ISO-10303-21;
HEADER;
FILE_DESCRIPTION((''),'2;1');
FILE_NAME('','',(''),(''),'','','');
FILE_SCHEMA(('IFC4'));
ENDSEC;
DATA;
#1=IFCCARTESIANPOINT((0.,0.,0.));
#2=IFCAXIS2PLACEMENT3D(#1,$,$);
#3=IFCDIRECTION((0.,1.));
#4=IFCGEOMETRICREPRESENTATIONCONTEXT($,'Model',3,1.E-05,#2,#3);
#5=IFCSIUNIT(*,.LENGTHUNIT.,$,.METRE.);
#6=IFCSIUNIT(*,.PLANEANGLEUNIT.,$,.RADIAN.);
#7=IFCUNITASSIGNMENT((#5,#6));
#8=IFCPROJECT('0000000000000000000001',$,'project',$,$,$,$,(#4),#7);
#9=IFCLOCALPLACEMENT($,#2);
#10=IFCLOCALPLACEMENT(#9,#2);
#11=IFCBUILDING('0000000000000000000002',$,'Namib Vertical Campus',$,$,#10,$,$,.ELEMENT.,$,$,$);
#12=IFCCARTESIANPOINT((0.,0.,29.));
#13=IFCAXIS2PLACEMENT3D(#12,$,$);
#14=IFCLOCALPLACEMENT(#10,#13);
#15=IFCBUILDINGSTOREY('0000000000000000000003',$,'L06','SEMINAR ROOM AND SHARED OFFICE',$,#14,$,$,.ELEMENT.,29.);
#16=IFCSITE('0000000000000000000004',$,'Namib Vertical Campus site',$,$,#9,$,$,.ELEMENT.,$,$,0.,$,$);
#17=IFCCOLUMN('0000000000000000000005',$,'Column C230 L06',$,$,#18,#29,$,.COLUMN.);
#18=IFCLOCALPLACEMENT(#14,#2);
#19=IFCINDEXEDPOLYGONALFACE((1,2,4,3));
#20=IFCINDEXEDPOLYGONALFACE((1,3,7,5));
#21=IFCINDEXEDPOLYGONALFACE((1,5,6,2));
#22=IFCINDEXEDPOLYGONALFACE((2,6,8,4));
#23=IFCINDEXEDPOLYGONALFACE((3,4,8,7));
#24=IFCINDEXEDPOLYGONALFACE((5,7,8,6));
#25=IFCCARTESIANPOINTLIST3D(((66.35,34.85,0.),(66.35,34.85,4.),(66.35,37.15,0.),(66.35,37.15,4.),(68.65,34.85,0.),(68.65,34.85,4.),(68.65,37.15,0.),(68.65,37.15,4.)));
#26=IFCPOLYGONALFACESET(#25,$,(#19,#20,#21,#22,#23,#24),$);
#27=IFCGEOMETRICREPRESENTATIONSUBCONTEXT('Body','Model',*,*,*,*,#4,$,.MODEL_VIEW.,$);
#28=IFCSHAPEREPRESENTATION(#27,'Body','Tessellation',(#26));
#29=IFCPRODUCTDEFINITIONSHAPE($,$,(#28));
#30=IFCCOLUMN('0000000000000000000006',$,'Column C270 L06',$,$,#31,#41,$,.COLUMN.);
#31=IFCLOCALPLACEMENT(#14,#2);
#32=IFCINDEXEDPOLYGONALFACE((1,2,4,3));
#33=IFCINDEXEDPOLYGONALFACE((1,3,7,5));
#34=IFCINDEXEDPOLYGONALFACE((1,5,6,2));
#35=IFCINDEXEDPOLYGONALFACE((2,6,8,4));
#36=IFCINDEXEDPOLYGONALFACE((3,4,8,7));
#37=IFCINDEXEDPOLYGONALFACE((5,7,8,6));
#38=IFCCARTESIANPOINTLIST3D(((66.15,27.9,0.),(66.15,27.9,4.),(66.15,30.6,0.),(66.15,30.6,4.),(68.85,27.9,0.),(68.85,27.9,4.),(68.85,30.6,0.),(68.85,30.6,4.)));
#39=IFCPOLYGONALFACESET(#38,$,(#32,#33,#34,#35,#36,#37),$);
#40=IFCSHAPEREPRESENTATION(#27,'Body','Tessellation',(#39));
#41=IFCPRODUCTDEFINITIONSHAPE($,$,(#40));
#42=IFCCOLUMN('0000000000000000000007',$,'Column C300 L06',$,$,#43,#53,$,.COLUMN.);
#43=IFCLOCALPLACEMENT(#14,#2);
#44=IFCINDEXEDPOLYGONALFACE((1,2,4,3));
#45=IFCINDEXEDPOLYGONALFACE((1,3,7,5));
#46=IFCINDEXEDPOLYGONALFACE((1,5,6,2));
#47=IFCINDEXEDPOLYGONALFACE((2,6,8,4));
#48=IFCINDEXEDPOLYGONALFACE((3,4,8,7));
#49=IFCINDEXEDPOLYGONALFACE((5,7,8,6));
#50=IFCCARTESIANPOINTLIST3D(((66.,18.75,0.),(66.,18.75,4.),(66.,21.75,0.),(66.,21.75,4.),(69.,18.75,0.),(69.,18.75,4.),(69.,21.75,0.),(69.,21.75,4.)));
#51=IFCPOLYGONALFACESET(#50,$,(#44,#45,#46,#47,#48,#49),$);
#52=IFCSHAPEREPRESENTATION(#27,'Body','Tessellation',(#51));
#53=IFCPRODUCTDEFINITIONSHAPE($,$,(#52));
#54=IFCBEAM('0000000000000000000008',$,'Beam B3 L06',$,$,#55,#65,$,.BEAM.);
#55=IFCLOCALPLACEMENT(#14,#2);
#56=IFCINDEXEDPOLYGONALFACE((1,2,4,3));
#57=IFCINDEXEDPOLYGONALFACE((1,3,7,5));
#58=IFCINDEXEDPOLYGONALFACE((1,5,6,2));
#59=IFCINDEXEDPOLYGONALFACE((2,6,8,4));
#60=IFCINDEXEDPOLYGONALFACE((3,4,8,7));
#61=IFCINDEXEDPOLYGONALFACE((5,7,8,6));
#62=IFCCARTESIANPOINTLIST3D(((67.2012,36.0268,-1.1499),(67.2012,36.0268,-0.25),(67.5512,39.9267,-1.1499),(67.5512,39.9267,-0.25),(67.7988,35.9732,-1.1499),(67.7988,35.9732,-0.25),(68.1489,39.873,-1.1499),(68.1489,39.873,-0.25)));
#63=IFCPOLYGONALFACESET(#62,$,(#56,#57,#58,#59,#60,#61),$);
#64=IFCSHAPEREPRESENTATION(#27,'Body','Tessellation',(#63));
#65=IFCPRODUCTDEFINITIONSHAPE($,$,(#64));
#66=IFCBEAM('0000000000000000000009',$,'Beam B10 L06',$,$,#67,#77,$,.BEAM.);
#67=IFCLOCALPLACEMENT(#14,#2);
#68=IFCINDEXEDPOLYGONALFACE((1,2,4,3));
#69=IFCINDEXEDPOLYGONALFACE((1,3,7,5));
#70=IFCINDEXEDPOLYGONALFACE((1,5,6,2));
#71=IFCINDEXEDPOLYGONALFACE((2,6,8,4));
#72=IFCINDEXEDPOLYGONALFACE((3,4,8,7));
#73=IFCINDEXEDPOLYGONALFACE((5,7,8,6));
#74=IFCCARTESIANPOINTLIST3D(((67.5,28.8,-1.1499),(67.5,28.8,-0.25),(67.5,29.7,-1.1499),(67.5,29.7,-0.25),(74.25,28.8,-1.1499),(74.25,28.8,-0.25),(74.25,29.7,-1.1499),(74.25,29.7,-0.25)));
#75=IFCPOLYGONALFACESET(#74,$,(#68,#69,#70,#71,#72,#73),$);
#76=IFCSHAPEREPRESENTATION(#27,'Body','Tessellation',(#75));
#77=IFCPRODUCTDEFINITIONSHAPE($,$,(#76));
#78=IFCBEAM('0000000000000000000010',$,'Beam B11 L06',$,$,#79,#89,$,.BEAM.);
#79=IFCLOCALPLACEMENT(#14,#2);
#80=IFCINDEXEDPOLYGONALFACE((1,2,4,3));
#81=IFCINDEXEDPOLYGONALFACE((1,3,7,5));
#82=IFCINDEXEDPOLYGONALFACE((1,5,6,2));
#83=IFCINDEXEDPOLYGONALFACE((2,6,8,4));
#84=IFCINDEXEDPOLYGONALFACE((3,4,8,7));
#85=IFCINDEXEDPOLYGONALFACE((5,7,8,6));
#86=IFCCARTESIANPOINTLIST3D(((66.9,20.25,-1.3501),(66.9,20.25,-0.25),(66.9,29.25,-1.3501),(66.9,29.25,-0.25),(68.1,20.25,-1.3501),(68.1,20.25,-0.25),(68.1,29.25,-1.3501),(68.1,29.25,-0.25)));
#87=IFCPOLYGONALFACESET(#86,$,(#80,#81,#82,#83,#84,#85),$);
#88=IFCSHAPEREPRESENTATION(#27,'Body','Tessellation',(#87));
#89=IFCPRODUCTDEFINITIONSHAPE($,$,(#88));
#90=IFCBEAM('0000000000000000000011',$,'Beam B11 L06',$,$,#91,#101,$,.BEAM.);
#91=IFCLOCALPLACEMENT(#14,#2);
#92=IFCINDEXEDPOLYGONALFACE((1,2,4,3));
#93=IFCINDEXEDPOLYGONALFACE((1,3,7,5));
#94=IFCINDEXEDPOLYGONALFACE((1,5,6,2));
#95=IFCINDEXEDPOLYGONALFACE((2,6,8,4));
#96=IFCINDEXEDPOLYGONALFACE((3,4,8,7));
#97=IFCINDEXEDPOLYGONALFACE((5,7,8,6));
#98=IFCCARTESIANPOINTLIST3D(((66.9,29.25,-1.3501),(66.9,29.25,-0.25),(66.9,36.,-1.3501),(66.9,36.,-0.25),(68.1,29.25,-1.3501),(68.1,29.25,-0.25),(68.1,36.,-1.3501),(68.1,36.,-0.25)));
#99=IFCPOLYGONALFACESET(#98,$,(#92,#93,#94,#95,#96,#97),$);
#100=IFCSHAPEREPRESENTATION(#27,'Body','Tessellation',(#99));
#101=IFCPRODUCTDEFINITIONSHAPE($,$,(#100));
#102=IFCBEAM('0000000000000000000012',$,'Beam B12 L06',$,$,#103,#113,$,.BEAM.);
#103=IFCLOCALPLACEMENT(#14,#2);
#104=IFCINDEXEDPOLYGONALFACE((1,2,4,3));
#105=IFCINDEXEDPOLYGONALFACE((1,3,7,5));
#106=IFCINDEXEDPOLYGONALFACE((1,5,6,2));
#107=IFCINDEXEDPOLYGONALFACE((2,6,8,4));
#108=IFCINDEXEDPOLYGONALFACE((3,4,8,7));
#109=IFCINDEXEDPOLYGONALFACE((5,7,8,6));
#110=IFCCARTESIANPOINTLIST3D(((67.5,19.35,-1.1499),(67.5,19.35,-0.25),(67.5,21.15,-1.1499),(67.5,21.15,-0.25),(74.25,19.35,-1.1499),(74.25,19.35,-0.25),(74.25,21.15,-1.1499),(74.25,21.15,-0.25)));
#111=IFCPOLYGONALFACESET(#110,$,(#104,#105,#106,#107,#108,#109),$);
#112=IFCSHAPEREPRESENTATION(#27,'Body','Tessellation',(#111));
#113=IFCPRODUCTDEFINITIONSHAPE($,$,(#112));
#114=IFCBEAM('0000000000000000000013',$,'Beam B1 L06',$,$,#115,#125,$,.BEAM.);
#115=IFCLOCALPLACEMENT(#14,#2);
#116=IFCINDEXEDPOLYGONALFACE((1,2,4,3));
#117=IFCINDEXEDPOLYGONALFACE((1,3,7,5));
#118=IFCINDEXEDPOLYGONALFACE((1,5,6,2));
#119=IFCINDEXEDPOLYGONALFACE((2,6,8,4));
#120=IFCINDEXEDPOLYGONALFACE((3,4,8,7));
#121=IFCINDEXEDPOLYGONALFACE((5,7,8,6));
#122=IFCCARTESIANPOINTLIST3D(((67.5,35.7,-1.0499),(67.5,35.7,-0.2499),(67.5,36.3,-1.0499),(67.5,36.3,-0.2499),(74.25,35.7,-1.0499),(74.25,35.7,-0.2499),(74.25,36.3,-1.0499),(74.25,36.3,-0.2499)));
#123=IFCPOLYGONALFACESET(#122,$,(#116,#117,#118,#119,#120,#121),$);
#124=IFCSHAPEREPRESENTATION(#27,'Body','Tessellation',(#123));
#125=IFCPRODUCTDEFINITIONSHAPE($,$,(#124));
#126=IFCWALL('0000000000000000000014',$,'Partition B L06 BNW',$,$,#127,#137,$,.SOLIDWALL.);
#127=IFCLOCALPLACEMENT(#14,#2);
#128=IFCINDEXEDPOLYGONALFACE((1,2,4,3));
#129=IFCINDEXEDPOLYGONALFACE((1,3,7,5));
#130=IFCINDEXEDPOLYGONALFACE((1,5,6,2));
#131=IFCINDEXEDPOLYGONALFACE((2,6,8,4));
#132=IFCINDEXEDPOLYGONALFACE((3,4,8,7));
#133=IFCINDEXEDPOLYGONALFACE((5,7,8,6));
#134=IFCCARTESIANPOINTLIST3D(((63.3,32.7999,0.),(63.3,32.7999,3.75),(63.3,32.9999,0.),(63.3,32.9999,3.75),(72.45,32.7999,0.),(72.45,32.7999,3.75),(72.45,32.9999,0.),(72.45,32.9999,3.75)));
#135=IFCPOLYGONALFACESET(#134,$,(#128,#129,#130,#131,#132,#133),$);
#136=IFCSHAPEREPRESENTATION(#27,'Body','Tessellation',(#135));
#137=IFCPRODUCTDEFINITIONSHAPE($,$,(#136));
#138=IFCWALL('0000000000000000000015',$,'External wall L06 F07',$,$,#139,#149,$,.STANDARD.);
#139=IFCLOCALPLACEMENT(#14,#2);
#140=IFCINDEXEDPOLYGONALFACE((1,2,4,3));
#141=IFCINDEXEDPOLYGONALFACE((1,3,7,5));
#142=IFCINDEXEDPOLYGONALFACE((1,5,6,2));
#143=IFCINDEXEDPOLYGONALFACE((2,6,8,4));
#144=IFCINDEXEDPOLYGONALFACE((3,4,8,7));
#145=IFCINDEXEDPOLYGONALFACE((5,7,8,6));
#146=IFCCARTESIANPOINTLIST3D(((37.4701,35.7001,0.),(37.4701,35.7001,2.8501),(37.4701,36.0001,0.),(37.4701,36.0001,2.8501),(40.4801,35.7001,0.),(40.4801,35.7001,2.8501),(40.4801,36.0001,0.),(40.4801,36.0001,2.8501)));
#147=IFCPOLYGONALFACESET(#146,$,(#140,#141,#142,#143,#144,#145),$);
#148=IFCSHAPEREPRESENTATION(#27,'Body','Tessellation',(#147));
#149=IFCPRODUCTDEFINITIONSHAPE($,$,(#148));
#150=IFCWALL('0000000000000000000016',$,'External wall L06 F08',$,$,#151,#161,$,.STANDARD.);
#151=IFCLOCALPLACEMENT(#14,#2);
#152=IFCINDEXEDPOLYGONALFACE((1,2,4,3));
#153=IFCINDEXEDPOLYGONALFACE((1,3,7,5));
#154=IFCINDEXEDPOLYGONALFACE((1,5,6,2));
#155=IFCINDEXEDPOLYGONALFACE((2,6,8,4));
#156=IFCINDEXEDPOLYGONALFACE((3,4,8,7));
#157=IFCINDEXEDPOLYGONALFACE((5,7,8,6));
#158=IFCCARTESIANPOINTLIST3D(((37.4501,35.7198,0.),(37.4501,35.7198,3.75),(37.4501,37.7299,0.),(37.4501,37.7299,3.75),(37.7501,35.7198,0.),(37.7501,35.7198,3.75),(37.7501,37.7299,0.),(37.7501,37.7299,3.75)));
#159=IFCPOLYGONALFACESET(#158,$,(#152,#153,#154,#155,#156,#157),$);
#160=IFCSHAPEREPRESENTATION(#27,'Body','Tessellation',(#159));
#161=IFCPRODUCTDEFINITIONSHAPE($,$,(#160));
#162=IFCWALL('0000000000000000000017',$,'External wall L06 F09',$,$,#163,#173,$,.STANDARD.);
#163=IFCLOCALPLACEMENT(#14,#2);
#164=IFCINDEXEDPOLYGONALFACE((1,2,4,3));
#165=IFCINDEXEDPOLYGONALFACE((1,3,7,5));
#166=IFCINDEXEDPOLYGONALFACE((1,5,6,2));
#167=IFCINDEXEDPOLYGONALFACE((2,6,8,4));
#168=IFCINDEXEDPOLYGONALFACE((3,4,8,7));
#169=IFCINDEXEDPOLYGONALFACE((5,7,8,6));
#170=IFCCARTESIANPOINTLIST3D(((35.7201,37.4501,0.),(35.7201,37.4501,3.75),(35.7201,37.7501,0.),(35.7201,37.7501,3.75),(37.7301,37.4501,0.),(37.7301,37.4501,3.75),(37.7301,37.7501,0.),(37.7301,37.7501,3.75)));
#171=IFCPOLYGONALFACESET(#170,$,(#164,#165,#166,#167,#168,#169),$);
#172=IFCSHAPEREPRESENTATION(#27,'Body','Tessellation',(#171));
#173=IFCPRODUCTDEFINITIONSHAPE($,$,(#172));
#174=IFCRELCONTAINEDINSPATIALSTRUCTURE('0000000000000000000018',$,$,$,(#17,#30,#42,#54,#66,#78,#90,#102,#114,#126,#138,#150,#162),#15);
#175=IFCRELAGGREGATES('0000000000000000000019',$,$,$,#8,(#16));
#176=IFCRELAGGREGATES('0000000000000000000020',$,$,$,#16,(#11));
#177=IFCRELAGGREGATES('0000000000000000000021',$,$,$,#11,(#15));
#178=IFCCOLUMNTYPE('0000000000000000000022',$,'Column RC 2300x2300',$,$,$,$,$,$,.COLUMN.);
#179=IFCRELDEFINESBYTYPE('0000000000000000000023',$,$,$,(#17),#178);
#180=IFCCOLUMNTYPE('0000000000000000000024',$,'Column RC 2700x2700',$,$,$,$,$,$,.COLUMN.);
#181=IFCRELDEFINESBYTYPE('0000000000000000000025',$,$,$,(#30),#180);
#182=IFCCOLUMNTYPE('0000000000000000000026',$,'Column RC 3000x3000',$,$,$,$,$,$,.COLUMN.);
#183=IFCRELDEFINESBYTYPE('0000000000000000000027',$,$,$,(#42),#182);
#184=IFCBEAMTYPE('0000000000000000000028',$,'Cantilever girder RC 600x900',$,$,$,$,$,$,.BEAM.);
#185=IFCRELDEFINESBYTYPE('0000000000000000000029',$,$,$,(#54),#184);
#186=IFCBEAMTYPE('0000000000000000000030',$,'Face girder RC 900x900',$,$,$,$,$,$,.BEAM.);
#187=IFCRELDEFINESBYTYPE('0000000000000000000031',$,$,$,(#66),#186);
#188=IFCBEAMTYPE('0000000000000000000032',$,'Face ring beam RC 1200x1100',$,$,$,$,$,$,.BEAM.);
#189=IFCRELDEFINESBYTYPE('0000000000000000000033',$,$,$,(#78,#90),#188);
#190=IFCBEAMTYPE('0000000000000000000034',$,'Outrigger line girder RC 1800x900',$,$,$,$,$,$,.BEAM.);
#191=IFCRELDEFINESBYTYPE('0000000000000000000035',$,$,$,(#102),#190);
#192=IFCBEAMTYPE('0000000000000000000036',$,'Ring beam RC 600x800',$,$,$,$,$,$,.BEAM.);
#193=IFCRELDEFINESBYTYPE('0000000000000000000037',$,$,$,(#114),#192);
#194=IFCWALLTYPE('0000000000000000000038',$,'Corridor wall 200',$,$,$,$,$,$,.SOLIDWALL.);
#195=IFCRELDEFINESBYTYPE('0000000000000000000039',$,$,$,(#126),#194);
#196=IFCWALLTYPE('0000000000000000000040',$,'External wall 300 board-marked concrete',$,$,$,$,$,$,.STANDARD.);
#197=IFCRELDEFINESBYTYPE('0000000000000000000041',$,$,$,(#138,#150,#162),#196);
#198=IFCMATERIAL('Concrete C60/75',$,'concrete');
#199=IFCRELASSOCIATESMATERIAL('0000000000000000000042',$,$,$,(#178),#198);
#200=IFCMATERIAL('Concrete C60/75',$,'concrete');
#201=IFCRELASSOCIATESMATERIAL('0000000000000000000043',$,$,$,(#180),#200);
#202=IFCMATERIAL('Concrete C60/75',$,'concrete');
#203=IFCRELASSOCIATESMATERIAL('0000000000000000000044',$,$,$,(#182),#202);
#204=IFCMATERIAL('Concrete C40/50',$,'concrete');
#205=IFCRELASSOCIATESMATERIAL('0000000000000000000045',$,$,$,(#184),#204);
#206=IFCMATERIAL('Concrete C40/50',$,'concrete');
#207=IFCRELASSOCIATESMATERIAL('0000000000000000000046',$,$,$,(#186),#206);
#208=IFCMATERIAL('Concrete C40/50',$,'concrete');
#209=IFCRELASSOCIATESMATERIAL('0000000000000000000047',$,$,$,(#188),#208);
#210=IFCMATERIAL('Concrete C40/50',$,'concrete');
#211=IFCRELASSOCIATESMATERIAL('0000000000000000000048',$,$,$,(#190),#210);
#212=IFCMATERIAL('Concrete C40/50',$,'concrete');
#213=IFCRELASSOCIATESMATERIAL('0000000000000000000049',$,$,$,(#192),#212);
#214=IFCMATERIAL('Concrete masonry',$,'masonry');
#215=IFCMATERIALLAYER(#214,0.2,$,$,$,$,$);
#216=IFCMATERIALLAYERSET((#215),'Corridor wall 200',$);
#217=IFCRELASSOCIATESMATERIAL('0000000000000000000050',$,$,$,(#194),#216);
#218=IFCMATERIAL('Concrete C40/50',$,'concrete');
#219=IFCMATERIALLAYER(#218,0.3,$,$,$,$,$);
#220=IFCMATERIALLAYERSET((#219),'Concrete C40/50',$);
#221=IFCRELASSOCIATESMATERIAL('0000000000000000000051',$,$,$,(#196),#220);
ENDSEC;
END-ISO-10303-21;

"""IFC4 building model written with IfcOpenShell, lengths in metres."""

from ifc_helpers import new_model, si_unit, direction, frame, frame_2d, origin, origin_2d, place, context, subcontext, project, spatial, rectangle, extrude, material, layer, layer_set, material_profile, profile_set, type_object, element, save


model = new_model("IFC4")

# Units and contexts
model_context = context("Model", 3, precision=1e-05, world=origin(), true_north=direction((0.0, 1.0)))
body_context = subcontext(model_context, "Body", "Model", "MODEL_VIEW")
ifc_project = project(units=[si_unit("LENGTHUNIT", "METRE"), si_unit("PLANEANGLEUNIT", "RADIAN")], contexts=[model_context])

# Site, building, storey
site_placement = place(None, origin())
site = spatial("IfcSite", under=ifc_project, at=site_placement, Name="Namib Vertical Campus site", CompositionType="ELEMENT", RefElevation=0.0)
building_placement = place(site_placement, origin())
building = spatial("IfcBuilding", under=site, at=building_placement, Name="Namib Vertical Campus", CompositionType="ELEMENT")
storey_placement = place(building_placement, frame((0.0, 0.0, 29.0)))
storey = spatial("IfcBuildingStorey", under=building, at=storey_placement, Name="L06", Description="SEMINAR ROOM AND SHARED OFFICE", CompositionType="ELEMENT", Elevation=29.0)

# Columns
ifc_material_1 = material(Name="Concrete C60/75", Category="concrete")
ifc_material_profile_1 = material_profile(ifc_material_1, rectangle(XDim=2.3, YDim=2.3, at=origin_2d()))
ifc_profile_set_1 = profile_set([ifc_material_profile_1], Name="Concrete C60/75")
column_type_1 = type_object("IfcColumnType", Name="Column RC 2300x2300", PredefinedType="COLUMN", material=ifc_profile_set_1)
column_1_placement = place(storey_placement, frame((67.5, 36.0, 0.0), z_axis=(0.0, 0.0, 1.0), x_axis=(1.0, 0.0, 0.0)))
element("IfcColumn", 1, at=column_1_placement, inside=storey, type_object=column_type_1, Name="Column C230 L06", PredefinedType="COLUMN", context=body_context, shape_type="SweptSolid", body=[
    extrude(rectangle(XDim=2.3, YDim=2.3, at=origin_2d()), origin(), (0.0, 0.0, 1.0), 4.0),
])
ifc_material_2 = material(Name="Concrete C60/75", Category="concrete")
ifc_material_profile_2 = material_profile(ifc_material_2, rectangle(XDim=2.7, YDim=2.7, at=origin_2d()))
ifc_profile_set_2 = profile_set([ifc_material_profile_2], Name="Concrete C60/75")
column_type_2 = type_object("IfcColumnType", Name="Column RC 2700x2700", PredefinedType="COLUMN", material=ifc_profile_set_2)
column_2_placement = place(storey_placement, frame((67.5, 29.25, 0.0), z_axis=(0.0, 0.0, 1.0), x_axis=(1.0, 0.0, 0.0)))
element("IfcColumn", 2, at=column_2_placement, inside=storey, type_object=column_type_2, Name="Column C270 L06", PredefinedType="COLUMN", context=body_context, shape_type="SweptSolid", body=[
    extrude(rectangle(XDim=2.7, YDim=2.7, at=origin_2d()), origin(), (0.0, 0.0, 1.0), 4.0),
])
ifc_material_3 = material(Name="Concrete C60/75", Category="concrete")
ifc_material_profile_3 = material_profile(ifc_material_3, rectangle(XDim=3.0, YDim=3.0, at=origin_2d()))
ifc_profile_set_3 = profile_set([ifc_material_profile_3], Name="Concrete C60/75")
column_type_3 = type_object("IfcColumnType", Name="Column RC 3000x3000", PredefinedType="COLUMN", material=ifc_profile_set_3)
column_3_placement = place(storey_placement, frame((67.5, 20.25, 0.0), z_axis=(0.0, 0.0, 1.0), x_axis=(1.0, 0.0, 0.0)))
element("IfcColumn", 3, at=column_3_placement, inside=storey, type_object=column_type_3, Name="Column C300 L06", PredefinedType="COLUMN", context=body_context, shape_type="SweptSolid", body=[
    extrude(rectangle(XDim=3.0, YDim=3.0, at=origin_2d()), origin(), (0.0, 0.0, 1.0), 4.0),
])

# Beams
ifc_material_4 = material(Name="Concrete C40/50", Category="concrete")
ifc_material_profile_4 = material_profile(ifc_material_4, rectangle(XDim=0.6001, YDim=0.8999, at=origin_2d()))
ifc_profile_set_4 = profile_set([ifc_material_profile_4], Name="Concrete C40/50")
beam_type_1 = type_object("IfcBeamType", Name="Cantilever girder RC 600x900", PredefinedType="BEAM", material=ifc_profile_set_4)
beam_1_placement = place(storey_placement, frame((67.5, 36.0, -0.7), z_axis=(0.089411, 0.995995, 0.0), x_axis=(-0.995995, 0.089411, 0.0)))
element("IfcBeam", 4, at=beam_1_placement, inside=storey, type_object=beam_type_1, Name="Beam B3 L06", PredefinedType="BEAM", context=body_context, shape_type="SweptSolid", body=[
    extrude(rectangle(XDim=0.6001, YDim=0.8999, at=origin_2d()), origin(), (0.0, 0.0, 1.0), 3.9155),
])
ifc_material_5 = material(Name="Concrete C40/50", Category="concrete")
ifc_material_profile_5 = material_profile(ifc_material_5, rectangle(XDim=0.8999, YDim=0.8999, at=origin_2d()))
ifc_profile_set_5 = profile_set([ifc_material_profile_5], Name="Concrete C40/50")
beam_type_2 = type_object("IfcBeamType", Name="Face girder RC 900x900", PredefinedType="BEAM", material=ifc_profile_set_5)
beam_2_placement = place(storey_placement, frame((67.5, 29.25, -0.7), z_axis=(1.0, 0.0, 0.0), x_axis=(0.0, 1.0, 0.0)))
element("IfcBeam", 5, at=beam_2_placement, inside=storey, type_object=beam_type_2, Name="Beam B10 L06", PredefinedType="BEAM", context=body_context, shape_type="SweptSolid", body=[
    extrude(rectangle(XDim=0.8999, YDim=0.8999, at=origin_2d()), origin(), (0.0, 0.0, 1.0), 6.75),
])
ifc_material_6 = material(Name="Concrete C40/50", Category="concrete")
ifc_material_profile_6 = material_profile(ifc_material_6, rectangle(XDim=1.2, YDim=1.1001, at=origin_2d()))
ifc_profile_set_6 = profile_set([ifc_material_profile_6], Name="Concrete C40/50")
beam_type_3 = type_object("IfcBeamType", Name="Face ring beam RC 1200x1100", PredefinedType="BEAM", material=ifc_profile_set_6)
beam_3_placement = place(storey_placement, frame((67.5, 20.25, -0.8), z_axis=(0.0, 1.0, 0.0), x_axis=(-1.0, 0.0, 0.0)))
element("IfcBeam", 6, at=beam_3_placement, inside=storey, type_object=beam_type_3, Name="Beam B11 L06", PredefinedType="BEAM", context=body_context, shape_type="SweptSolid", body=[
    extrude(rectangle(XDim=1.2, YDim=1.1001, at=origin_2d()), origin(), (0.0, 0.0, 1.0), 9.0),
])
beam_4_placement = place(storey_placement, frame((67.5, 29.25, -0.8), z_axis=(0.0, 1.0, 0.0), x_axis=(-1.0, 0.0, 0.0)))
element("IfcBeam", 7, at=beam_4_placement, inside=storey, type_object=beam_type_3, Name="Beam B11 L06", PredefinedType="BEAM", context=body_context, shape_type="SweptSolid", body=[
    extrude(rectangle(XDim=1.2, YDim=1.1001, at=origin_2d()), origin(), (0.0, 0.0, 1.0), 6.75),
])
ifc_material_7 = material(Name="Concrete C40/50", Category="concrete")
ifc_material_profile_7 = material_profile(ifc_material_7, rectangle(XDim=1.8, YDim=0.8999, at=origin_2d()))
ifc_profile_set_7 = profile_set([ifc_material_profile_7], Name="Concrete C40/50")
beam_type_4 = type_object("IfcBeamType", Name="Outrigger line girder RC 1800x900", PredefinedType="BEAM", material=ifc_profile_set_7)
beam_5_placement = place(storey_placement, frame((67.5, 20.25, -0.7), z_axis=(1.0, 0.0, 0.0), x_axis=(0.0, 1.0, 0.0)))
element("IfcBeam", 8, at=beam_5_placement, inside=storey, type_object=beam_type_4, Name="Beam B12 L06", PredefinedType="BEAM", context=body_context, shape_type="SweptSolid", body=[
    extrude(rectangle(XDim=1.8, YDim=0.8999, at=origin_2d()), origin(), (0.0, 0.0, 1.0), 6.75),
])
ifc_material_8 = material(Name="Concrete C40/50", Category="concrete")
ifc_material_profile_8 = material_profile(ifc_material_8, rectangle(XDim=0.6001, YDim=0.8, at=origin_2d()))
ifc_profile_set_8 = profile_set([ifc_material_profile_8], Name="Concrete C40/50")
beam_type_5 = type_object("IfcBeamType", Name="Ring beam RC 600x800", PredefinedType="BEAM", material=ifc_profile_set_8)
beam_6_placement = place(storey_placement, frame((67.5, 36.0, -0.6499), z_axis=(1.0, 0.0, 0.0), x_axis=(0.0, 1.0, 0.0)))
element("IfcBeam", 9, at=beam_6_placement, inside=storey, type_object=beam_type_5, Name="Beam B1 L06", PredefinedType="BEAM", context=body_context, shape_type="SweptSolid", body=[
    extrude(rectangle(XDim=0.6001, YDim=0.8, at=origin_2d()), origin(), (0.0, 0.0, 1.0), 6.75),
])

# Walls
ifc_material_9 = material(Name="Concrete masonry", Category="masonry")
ifc_layer_1 = layer(ifc_material_9, 0.2)
ifc_layer_set_1 = layer_set([ifc_layer_1], Name="Corridor wall 200")
wall_type_1 = type_object("IfcWallType", Name="Corridor wall 200", PredefinedType="SOLIDWALL", material=ifc_layer_set_1)
wall_1_placement = place(storey_placement, frame((63.3, 32.8999, 0.0), z_axis=(0.0, 0.0, 1.0), x_axis=(1.0, 0.0, 0.0)))
element("IfcWall", 10, at=wall_1_placement, inside=storey, type_object=wall_type_1, Name="Partition B L06 BNW", PredefinedType="SOLIDWALL", context=body_context, shape_type="SweptSolid", body=[
    extrude(rectangle(XDim=9.1499, YDim=0.2, at=frame_2d((4.575, 0.0))), origin(), (0.0, 0.0, 1.0), 3.75),
])
ifc_material_10 = material(Name="Concrete C40/50", Category="concrete")
ifc_layer_2 = layer(ifc_material_10, 0.3)
ifc_layer_set_2 = layer_set([ifc_layer_2], Name="Concrete C40/50")
wall_type_2 = type_object("IfcWallType", Name="External wall 300 board-marked concrete", PredefinedType="STANDARD", material=ifc_layer_set_2)
wall_2_placement = place(storey_placement, frame((40.48, 35.8501, 0.0), z_axis=(0.0, 0.0, 1.0), x_axis=(-1.0, 0.0, 0.0)))
element("IfcWall", 11, at=wall_2_placement, inside=storey, type_object=wall_type_2, Name="External wall L06 F07", PredefinedType="STANDARD", context=body_context, shape_type="SweptSolid", body=[
    extrude(rectangle(XDim=3.01, YDim=0.3, at=frame_2d((1.5049, 0.0))), origin(), (0.0, 0.0, 1.0), 2.8501),
])
for number, where, z_axis, x_axis, name in (
    (12, (37.6001, 35.72, 0.0), (0.0, 0.0, 1.0), (0.0, 1.0, 0.0), "External wall L06 F08"),
    (13, (37.73, 37.6001, 0.0), (0.0, 0.0, 1.0), (-1.0, 0.0, 0.0), "External wall L06 F09"),
):
    element("IfcWall", number, at=place(storey_placement, frame(where, z_axis=z_axis, x_axis=x_axis)), inside=storey, type_object=wall_type_2, Name=name, PredefinedType="STANDARD", context=body_context, shape_type="SweptSolid", body=[
        extrude(rectangle(XDim=2.01, YDim=0.3, at=frame_2d((1.0049, 0.0))), origin(), (0.0, 0.0, 1.0), 3.75),
    ])

save(model, "model.ifc")
